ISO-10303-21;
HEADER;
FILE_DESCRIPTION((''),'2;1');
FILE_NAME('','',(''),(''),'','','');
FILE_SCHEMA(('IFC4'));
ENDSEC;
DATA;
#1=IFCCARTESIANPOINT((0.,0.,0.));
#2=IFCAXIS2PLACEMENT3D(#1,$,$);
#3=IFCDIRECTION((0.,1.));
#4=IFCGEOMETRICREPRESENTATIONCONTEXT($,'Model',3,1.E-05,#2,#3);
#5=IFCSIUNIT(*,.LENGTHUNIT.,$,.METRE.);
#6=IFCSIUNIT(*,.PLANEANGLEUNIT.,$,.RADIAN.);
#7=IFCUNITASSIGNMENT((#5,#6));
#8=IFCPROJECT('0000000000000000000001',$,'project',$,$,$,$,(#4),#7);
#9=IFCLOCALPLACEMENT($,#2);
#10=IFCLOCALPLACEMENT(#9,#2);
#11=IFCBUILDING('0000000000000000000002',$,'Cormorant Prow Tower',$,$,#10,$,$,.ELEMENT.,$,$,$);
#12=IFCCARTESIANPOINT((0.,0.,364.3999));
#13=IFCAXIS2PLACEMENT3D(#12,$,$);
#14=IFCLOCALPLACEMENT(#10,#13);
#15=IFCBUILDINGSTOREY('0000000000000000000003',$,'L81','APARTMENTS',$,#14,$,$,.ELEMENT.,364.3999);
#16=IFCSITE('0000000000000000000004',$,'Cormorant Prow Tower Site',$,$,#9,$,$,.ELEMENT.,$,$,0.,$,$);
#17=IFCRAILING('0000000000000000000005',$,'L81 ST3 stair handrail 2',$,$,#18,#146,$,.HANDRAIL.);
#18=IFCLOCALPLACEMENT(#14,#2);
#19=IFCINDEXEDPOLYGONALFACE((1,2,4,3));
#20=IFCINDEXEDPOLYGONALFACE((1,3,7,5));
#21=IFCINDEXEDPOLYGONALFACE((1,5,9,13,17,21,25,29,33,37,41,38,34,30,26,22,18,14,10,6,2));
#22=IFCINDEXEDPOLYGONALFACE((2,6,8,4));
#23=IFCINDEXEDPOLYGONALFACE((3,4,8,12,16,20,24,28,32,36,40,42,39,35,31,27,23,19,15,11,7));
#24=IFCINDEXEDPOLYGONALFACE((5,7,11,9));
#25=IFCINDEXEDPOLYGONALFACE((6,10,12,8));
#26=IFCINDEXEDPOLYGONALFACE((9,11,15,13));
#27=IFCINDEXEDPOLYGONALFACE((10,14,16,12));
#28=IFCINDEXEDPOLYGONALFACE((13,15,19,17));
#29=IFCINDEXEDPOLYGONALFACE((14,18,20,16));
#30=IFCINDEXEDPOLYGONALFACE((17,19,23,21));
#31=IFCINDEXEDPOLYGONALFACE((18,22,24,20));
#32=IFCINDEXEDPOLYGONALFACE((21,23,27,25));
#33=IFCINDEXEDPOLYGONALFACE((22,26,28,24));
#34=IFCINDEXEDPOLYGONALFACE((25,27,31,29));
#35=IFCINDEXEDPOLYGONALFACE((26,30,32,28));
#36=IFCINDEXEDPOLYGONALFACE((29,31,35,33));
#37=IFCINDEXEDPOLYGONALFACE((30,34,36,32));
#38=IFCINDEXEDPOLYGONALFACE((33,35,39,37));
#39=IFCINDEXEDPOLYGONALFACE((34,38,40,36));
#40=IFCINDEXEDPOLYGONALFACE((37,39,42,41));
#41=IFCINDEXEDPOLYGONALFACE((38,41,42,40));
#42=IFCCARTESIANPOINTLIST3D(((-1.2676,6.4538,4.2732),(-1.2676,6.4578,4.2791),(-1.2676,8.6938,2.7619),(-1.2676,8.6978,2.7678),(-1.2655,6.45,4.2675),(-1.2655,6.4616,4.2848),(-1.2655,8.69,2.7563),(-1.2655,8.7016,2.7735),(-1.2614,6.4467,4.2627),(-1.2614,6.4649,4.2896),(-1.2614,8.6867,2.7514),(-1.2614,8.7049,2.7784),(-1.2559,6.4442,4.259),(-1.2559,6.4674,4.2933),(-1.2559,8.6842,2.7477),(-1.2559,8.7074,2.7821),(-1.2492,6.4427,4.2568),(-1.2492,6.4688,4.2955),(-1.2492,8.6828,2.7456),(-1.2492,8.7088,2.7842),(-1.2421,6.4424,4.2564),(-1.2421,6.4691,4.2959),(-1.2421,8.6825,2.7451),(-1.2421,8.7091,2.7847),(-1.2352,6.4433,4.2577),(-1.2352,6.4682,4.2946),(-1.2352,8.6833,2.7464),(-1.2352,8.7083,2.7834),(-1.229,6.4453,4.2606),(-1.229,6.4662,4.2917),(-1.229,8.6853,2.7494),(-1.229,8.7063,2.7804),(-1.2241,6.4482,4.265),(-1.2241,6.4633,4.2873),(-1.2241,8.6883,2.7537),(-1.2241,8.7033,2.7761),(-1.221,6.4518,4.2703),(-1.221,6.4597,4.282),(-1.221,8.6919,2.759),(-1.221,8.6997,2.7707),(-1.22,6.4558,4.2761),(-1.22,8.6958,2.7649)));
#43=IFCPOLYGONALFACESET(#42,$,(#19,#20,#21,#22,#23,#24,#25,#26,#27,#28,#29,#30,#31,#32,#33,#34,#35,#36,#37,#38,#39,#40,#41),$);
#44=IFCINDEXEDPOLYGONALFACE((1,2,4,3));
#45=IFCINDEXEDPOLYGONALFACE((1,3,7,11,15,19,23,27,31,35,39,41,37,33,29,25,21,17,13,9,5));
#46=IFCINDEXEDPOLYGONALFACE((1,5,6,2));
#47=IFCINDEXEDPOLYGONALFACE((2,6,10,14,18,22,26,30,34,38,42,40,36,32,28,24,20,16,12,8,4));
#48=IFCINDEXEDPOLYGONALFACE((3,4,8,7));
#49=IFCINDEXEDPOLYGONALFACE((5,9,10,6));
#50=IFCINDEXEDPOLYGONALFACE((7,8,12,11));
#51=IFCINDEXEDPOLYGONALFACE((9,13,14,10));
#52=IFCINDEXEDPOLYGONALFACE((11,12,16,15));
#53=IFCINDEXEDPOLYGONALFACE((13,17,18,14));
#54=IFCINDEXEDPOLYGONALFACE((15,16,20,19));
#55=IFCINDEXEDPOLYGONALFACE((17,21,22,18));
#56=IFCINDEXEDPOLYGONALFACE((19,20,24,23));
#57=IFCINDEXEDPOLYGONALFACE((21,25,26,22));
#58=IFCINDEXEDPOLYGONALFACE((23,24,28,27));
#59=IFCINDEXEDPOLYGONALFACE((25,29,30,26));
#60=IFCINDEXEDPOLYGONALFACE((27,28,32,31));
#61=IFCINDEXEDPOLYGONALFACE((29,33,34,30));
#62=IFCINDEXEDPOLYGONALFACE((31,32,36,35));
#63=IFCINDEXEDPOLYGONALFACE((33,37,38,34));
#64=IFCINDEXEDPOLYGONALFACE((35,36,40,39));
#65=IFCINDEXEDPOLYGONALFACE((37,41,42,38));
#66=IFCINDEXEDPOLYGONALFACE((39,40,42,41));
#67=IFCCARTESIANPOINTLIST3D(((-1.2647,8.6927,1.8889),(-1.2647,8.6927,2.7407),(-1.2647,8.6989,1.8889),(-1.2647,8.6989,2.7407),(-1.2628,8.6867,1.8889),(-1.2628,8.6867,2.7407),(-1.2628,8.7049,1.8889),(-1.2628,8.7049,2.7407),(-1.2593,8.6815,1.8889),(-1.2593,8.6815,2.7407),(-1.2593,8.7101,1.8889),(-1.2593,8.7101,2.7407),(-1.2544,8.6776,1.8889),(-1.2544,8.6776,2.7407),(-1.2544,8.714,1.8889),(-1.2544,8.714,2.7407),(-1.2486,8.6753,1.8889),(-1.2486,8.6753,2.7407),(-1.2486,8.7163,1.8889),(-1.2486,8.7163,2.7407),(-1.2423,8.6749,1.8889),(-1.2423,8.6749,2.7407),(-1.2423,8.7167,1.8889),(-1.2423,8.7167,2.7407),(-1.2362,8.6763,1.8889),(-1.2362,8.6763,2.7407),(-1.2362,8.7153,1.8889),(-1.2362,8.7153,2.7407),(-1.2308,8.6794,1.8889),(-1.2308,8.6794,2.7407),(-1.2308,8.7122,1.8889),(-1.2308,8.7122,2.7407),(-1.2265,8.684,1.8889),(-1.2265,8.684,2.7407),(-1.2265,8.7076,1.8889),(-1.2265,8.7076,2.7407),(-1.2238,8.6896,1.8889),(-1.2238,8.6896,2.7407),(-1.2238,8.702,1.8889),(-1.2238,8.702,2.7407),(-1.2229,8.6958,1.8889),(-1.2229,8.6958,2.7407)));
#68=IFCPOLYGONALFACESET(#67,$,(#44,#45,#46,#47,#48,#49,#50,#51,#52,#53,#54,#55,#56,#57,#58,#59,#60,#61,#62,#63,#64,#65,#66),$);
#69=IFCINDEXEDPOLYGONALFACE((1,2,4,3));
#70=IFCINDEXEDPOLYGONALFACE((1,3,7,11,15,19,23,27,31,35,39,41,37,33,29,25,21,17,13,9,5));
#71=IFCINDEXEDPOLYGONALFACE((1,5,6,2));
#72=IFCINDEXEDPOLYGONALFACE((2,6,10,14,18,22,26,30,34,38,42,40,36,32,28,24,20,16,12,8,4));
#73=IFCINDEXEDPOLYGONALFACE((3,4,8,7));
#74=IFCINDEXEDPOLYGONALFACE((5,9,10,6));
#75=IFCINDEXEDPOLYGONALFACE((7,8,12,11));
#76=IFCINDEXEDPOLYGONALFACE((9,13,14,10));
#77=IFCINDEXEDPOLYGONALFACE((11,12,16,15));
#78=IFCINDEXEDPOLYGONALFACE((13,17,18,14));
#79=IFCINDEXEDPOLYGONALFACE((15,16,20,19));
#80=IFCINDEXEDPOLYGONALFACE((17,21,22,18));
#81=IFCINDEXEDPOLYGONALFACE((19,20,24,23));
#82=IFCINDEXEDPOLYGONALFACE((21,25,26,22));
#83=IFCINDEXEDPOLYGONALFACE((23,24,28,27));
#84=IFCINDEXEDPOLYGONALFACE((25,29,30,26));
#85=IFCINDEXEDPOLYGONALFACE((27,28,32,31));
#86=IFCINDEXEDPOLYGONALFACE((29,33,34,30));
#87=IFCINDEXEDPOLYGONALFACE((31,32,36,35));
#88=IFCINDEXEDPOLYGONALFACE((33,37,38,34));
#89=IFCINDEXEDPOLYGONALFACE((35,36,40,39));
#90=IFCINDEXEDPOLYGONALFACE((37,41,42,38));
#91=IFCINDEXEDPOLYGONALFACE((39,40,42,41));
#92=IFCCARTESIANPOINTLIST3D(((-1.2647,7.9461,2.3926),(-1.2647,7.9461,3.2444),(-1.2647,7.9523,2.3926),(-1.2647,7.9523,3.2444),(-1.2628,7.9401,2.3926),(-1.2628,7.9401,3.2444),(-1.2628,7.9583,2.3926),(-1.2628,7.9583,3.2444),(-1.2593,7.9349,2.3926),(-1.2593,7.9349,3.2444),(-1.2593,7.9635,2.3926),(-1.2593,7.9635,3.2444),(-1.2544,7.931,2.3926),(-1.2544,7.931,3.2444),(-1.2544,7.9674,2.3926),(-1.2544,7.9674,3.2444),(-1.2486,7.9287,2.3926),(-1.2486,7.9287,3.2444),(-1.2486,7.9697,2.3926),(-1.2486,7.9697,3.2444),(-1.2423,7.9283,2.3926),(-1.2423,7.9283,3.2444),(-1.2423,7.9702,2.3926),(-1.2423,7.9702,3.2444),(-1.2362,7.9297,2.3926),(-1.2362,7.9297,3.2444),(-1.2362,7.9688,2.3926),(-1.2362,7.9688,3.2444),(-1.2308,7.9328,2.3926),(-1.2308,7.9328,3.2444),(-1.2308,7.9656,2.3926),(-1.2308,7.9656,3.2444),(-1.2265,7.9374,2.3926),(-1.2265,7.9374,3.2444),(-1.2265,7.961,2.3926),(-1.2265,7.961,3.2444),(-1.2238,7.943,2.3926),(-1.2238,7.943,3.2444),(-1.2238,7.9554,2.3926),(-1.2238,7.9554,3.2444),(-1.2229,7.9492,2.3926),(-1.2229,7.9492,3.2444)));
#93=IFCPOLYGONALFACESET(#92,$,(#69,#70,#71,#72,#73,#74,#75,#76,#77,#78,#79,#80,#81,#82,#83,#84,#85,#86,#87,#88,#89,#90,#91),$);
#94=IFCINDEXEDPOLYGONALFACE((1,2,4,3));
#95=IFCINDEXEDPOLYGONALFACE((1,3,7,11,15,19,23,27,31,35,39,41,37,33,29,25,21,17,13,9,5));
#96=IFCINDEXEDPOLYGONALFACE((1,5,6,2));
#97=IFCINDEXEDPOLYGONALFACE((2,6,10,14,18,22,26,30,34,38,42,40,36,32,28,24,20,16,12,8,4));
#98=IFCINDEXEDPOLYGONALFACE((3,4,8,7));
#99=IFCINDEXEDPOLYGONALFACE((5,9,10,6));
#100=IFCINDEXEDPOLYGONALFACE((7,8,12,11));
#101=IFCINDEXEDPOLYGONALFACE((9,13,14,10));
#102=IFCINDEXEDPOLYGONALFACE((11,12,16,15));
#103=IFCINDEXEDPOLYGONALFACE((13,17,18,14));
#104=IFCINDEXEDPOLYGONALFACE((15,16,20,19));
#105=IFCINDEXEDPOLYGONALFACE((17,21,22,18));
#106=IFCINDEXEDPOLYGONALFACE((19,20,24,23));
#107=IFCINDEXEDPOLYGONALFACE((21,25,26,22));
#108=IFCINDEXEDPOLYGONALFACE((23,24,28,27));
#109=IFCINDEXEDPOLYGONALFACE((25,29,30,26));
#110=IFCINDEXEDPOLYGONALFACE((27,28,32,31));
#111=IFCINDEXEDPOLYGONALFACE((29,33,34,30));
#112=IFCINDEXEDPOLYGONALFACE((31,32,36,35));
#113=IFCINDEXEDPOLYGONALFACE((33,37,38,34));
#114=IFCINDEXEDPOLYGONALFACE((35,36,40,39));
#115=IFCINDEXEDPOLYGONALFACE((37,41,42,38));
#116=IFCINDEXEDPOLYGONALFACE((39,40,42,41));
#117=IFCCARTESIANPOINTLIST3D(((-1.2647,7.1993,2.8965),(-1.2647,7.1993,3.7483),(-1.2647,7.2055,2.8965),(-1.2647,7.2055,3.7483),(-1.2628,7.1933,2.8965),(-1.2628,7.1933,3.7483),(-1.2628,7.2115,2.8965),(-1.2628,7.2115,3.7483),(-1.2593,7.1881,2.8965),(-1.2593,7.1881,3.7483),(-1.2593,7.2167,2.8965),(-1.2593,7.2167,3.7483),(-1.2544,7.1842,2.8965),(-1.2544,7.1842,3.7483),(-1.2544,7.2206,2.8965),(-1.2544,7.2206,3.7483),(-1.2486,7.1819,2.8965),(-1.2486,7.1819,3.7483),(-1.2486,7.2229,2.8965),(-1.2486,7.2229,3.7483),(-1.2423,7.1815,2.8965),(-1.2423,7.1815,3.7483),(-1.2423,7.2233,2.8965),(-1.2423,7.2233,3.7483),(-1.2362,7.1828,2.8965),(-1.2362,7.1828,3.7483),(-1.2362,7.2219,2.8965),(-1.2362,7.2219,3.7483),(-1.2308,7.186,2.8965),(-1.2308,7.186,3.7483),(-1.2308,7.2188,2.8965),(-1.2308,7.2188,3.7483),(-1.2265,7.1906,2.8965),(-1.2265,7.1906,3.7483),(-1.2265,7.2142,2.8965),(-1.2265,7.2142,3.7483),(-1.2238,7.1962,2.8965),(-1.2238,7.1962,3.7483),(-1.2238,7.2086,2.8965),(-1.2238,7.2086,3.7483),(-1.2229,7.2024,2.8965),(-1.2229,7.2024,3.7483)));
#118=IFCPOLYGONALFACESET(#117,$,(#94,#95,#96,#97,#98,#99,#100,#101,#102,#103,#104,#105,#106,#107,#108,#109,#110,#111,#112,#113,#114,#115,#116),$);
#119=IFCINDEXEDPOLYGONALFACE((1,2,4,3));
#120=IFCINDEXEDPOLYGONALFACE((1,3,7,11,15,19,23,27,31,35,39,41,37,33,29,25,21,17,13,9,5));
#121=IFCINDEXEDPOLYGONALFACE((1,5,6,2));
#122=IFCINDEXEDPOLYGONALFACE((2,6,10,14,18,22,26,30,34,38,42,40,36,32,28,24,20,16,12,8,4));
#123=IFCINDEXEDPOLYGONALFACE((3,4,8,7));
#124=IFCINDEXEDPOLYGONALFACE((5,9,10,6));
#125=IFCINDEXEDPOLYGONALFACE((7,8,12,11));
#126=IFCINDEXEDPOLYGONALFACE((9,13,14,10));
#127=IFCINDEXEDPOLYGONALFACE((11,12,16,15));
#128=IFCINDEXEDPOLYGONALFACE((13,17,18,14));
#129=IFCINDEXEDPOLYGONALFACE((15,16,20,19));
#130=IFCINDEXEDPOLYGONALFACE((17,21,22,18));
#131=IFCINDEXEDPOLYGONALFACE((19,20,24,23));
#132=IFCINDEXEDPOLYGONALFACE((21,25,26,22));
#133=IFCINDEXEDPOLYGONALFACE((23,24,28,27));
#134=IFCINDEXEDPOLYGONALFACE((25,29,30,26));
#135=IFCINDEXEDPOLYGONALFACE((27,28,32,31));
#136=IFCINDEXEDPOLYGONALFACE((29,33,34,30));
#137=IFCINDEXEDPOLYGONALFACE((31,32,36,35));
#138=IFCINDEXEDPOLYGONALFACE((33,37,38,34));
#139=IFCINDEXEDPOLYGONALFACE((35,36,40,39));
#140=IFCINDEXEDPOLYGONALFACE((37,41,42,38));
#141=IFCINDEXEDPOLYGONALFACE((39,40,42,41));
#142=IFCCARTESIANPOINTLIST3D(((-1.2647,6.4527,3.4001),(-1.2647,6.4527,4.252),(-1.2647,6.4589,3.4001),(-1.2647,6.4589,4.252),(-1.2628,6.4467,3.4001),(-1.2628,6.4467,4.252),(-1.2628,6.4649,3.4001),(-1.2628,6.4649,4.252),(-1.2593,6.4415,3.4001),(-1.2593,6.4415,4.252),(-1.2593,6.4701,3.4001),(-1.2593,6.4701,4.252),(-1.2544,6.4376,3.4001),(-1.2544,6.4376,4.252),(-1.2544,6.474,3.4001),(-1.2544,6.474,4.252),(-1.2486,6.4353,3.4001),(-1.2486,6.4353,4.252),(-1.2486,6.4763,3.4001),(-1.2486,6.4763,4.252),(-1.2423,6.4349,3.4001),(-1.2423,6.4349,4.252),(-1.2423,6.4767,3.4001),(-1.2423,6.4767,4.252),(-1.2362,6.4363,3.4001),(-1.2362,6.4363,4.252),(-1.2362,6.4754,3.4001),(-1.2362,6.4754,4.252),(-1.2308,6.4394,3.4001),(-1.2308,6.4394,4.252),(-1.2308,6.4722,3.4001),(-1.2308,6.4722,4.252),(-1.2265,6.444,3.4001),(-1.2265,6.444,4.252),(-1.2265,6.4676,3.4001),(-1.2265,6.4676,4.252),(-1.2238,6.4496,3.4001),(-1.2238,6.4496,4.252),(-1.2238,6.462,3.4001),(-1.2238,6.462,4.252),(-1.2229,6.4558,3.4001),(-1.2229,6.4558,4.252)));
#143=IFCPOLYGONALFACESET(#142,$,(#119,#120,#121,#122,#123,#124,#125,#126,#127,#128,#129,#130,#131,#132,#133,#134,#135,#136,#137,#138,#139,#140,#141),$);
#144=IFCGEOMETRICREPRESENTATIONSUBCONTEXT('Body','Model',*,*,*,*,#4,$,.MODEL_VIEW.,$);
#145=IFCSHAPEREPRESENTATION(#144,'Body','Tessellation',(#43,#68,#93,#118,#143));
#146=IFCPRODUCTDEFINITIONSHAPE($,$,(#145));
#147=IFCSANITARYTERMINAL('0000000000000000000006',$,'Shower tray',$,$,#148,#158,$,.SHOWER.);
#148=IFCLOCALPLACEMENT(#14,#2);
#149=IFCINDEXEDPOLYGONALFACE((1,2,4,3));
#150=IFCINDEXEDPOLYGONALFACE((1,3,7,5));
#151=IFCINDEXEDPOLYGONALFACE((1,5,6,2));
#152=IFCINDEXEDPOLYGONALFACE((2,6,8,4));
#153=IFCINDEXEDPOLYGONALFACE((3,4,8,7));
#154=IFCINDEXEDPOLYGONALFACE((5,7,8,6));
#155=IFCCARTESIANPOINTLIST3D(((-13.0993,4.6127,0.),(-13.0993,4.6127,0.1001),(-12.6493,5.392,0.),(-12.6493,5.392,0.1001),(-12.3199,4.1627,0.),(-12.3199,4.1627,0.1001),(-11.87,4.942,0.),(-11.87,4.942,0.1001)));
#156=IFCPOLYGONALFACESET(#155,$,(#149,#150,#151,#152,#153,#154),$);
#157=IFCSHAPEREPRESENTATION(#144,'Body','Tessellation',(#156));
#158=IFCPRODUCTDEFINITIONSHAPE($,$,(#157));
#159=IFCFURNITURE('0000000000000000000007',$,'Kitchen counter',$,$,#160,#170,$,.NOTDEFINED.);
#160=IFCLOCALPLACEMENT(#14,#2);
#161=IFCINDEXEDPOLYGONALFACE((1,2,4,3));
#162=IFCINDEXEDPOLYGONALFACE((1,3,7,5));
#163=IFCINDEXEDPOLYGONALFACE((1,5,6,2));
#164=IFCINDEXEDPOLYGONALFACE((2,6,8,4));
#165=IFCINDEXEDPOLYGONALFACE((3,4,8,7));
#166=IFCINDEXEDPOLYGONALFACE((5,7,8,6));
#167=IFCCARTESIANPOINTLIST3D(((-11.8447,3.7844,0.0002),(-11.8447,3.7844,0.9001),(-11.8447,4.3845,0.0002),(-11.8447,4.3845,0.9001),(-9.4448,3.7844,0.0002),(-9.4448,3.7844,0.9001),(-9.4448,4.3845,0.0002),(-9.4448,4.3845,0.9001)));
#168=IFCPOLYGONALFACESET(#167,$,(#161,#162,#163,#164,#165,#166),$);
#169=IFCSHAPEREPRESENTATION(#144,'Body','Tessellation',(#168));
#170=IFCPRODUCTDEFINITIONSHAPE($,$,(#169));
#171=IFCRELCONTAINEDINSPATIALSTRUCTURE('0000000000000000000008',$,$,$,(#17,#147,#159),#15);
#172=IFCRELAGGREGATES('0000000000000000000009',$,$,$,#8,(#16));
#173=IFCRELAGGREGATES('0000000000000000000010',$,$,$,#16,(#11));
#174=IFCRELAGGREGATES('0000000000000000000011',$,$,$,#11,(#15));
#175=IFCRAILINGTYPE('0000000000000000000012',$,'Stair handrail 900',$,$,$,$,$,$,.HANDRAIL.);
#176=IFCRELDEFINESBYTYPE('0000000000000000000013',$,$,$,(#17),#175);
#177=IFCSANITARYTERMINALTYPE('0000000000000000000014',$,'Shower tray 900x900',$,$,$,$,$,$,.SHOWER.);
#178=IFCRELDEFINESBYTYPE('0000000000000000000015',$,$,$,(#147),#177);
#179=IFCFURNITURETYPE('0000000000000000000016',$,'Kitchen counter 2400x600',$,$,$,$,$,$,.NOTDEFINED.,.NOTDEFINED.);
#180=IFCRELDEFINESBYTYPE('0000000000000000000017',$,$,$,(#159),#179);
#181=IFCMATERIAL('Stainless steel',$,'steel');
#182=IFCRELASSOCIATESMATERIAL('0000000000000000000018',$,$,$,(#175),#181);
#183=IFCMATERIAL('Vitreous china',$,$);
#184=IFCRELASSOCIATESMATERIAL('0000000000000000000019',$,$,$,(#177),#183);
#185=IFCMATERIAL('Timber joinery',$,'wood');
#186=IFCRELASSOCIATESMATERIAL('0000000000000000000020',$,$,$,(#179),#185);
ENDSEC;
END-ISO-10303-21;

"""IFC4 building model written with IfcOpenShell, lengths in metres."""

from ifc_helpers import new_model, si_unit, direction, frame, origin, origin_2d, place, context, subcontext, project, spatial, rectangle, circle, extrude, material, type_object, element, save


model = new_model("IFC4")

# Units and contexts
model_context = context("Model", 3, precision=1e-05, world=origin(), true_north=direction((0.0, 1.0)))
body_context = subcontext(model_context, "Body", "Model", "MODEL_VIEW")
ifc_project = project(units=[si_unit("LENGTHUNIT", "METRE"), si_unit("PLANEANGLEUNIT", "RADIAN")], contexts=[model_context])

# Site, building, storey
site_placement = place(None, origin())
site = spatial("IfcSite", under=ifc_project, at=site_placement, Name="Cormorant Prow Tower Site", CompositionType="ELEMENT", RefElevation=0.0)
building_placement = place(site_placement, origin())
building = spatial("IfcBuilding", under=site, at=building_placement, Name="Cormorant Prow Tower", CompositionType="ELEMENT")
storey_placement = place(building_placement, frame((0.0, 0.0, 364.3999)))
storey = spatial("IfcBuildingStorey", under=building, at=storey_placement, Name="L81", Description="APARTMENTS", CompositionType="ELEMENT", Elevation=364.3999)

# Railing
ifc_material_1 = material(Name="Stainless steel", Category="steel")
railing_type = type_object("IfcRailingType", Name="Stair handrail 900", PredefinedType="HANDRAIL", material=ifc_material_1)
railing_placement = place(storey_placement, frame((-1.2439, 8.6958, 1.8889)))
element("IfcRailing", 1, at=railing_placement, inside=storey, type_object=railing_type, Name="L81 ST3 stair handrail 2", PredefinedType="HANDRAIL", context=body_context, shape_type="SweptSolid", body=[
    extrude(circle(Radius=0.0239, at=origin_2d()), frame((0.0, 0.0, 0.876), z_axis=(0.0, -0.82898, 0.559279), x_axis=(1.0, 0.0, 0.0)), (0.0, 0.0, 1.0), 2.7021),
    extrude(circle(Radius=0.021, at=origin_2d()), origin(), (0.0, 0.0, 1.0), 0.8518),
    extrude(circle(Radius=0.021, at=origin_2d()), frame((0.0, -0.7466, 0.5037)), (0.0, 0.0, 1.0), 0.8518),
    extrude(circle(Radius=0.021, at=origin_2d()), frame((0.0, -1.4934, 1.0076)), (0.0, 0.0, 1.0), 0.8518),
    extrude(circle(Radius=0.021, at=origin_2d()), frame((0.0, -2.24, 1.5112)), (0.0, 0.0, 1.0), 0.8518),
])

# Sanitary terminal
ifc_material_2 = material(Name="Vitreous china")
sanitary_terminal_type = type_object("IfcSanitaryTerminalType", Name="Shower tray 900x900", PredefinedType="SHOWER", material=ifc_material_2)
sanitary_terminal_placement = place(storey_placement, frame((-12.4846, 4.7773, 0.0), z_axis=(0.0, 0.0, 1.0), x_axis=(-0.866025, 0.5, 0.0)))
element("IfcSanitaryTerminal", 2, at=sanitary_terminal_placement, inside=storey, type_object=sanitary_terminal_type, Name="Shower tray", PredefinedType="SHOWER", context=body_context, shape_type="SweptSolid", body=[
    extrude(rectangle(XDim=0.8999, YDim=0.8999, at=origin_2d()), origin(), (0.0, 0.0, 1.0), 0.1001),
])

# Furniture
ifc_material_3 = material(Name="Timber joinery", Category="wood")
furniture_type = type_object("IfcFurnitureType", Name="Kitchen counter 2400x600", AssemblyPlace="NOTDEFINED", PredefinedType="NOTDEFINED", material=ifc_material_3)
furniture_placement = place(storey_placement, frame((-10.6448, 4.0845, 0.0002), z_axis=(0.0, 0.0, 1.0), x_axis=(1.0, 0.0, 0.0)))
element("IfcFurniture", 3, at=furniture_placement, inside=storey, type_object=furniture_type, Name="Kitchen counter", PredefinedType="NOTDEFINED", context=body_context, shape_type="SweptSolid", body=[
    extrude(rectangle(XDim=2.3999, YDim=0.6001, at=origin_2d()), origin(), (0.0, 0.0, 1.0), 0.8999),
])

save(model, "model.ifc")
